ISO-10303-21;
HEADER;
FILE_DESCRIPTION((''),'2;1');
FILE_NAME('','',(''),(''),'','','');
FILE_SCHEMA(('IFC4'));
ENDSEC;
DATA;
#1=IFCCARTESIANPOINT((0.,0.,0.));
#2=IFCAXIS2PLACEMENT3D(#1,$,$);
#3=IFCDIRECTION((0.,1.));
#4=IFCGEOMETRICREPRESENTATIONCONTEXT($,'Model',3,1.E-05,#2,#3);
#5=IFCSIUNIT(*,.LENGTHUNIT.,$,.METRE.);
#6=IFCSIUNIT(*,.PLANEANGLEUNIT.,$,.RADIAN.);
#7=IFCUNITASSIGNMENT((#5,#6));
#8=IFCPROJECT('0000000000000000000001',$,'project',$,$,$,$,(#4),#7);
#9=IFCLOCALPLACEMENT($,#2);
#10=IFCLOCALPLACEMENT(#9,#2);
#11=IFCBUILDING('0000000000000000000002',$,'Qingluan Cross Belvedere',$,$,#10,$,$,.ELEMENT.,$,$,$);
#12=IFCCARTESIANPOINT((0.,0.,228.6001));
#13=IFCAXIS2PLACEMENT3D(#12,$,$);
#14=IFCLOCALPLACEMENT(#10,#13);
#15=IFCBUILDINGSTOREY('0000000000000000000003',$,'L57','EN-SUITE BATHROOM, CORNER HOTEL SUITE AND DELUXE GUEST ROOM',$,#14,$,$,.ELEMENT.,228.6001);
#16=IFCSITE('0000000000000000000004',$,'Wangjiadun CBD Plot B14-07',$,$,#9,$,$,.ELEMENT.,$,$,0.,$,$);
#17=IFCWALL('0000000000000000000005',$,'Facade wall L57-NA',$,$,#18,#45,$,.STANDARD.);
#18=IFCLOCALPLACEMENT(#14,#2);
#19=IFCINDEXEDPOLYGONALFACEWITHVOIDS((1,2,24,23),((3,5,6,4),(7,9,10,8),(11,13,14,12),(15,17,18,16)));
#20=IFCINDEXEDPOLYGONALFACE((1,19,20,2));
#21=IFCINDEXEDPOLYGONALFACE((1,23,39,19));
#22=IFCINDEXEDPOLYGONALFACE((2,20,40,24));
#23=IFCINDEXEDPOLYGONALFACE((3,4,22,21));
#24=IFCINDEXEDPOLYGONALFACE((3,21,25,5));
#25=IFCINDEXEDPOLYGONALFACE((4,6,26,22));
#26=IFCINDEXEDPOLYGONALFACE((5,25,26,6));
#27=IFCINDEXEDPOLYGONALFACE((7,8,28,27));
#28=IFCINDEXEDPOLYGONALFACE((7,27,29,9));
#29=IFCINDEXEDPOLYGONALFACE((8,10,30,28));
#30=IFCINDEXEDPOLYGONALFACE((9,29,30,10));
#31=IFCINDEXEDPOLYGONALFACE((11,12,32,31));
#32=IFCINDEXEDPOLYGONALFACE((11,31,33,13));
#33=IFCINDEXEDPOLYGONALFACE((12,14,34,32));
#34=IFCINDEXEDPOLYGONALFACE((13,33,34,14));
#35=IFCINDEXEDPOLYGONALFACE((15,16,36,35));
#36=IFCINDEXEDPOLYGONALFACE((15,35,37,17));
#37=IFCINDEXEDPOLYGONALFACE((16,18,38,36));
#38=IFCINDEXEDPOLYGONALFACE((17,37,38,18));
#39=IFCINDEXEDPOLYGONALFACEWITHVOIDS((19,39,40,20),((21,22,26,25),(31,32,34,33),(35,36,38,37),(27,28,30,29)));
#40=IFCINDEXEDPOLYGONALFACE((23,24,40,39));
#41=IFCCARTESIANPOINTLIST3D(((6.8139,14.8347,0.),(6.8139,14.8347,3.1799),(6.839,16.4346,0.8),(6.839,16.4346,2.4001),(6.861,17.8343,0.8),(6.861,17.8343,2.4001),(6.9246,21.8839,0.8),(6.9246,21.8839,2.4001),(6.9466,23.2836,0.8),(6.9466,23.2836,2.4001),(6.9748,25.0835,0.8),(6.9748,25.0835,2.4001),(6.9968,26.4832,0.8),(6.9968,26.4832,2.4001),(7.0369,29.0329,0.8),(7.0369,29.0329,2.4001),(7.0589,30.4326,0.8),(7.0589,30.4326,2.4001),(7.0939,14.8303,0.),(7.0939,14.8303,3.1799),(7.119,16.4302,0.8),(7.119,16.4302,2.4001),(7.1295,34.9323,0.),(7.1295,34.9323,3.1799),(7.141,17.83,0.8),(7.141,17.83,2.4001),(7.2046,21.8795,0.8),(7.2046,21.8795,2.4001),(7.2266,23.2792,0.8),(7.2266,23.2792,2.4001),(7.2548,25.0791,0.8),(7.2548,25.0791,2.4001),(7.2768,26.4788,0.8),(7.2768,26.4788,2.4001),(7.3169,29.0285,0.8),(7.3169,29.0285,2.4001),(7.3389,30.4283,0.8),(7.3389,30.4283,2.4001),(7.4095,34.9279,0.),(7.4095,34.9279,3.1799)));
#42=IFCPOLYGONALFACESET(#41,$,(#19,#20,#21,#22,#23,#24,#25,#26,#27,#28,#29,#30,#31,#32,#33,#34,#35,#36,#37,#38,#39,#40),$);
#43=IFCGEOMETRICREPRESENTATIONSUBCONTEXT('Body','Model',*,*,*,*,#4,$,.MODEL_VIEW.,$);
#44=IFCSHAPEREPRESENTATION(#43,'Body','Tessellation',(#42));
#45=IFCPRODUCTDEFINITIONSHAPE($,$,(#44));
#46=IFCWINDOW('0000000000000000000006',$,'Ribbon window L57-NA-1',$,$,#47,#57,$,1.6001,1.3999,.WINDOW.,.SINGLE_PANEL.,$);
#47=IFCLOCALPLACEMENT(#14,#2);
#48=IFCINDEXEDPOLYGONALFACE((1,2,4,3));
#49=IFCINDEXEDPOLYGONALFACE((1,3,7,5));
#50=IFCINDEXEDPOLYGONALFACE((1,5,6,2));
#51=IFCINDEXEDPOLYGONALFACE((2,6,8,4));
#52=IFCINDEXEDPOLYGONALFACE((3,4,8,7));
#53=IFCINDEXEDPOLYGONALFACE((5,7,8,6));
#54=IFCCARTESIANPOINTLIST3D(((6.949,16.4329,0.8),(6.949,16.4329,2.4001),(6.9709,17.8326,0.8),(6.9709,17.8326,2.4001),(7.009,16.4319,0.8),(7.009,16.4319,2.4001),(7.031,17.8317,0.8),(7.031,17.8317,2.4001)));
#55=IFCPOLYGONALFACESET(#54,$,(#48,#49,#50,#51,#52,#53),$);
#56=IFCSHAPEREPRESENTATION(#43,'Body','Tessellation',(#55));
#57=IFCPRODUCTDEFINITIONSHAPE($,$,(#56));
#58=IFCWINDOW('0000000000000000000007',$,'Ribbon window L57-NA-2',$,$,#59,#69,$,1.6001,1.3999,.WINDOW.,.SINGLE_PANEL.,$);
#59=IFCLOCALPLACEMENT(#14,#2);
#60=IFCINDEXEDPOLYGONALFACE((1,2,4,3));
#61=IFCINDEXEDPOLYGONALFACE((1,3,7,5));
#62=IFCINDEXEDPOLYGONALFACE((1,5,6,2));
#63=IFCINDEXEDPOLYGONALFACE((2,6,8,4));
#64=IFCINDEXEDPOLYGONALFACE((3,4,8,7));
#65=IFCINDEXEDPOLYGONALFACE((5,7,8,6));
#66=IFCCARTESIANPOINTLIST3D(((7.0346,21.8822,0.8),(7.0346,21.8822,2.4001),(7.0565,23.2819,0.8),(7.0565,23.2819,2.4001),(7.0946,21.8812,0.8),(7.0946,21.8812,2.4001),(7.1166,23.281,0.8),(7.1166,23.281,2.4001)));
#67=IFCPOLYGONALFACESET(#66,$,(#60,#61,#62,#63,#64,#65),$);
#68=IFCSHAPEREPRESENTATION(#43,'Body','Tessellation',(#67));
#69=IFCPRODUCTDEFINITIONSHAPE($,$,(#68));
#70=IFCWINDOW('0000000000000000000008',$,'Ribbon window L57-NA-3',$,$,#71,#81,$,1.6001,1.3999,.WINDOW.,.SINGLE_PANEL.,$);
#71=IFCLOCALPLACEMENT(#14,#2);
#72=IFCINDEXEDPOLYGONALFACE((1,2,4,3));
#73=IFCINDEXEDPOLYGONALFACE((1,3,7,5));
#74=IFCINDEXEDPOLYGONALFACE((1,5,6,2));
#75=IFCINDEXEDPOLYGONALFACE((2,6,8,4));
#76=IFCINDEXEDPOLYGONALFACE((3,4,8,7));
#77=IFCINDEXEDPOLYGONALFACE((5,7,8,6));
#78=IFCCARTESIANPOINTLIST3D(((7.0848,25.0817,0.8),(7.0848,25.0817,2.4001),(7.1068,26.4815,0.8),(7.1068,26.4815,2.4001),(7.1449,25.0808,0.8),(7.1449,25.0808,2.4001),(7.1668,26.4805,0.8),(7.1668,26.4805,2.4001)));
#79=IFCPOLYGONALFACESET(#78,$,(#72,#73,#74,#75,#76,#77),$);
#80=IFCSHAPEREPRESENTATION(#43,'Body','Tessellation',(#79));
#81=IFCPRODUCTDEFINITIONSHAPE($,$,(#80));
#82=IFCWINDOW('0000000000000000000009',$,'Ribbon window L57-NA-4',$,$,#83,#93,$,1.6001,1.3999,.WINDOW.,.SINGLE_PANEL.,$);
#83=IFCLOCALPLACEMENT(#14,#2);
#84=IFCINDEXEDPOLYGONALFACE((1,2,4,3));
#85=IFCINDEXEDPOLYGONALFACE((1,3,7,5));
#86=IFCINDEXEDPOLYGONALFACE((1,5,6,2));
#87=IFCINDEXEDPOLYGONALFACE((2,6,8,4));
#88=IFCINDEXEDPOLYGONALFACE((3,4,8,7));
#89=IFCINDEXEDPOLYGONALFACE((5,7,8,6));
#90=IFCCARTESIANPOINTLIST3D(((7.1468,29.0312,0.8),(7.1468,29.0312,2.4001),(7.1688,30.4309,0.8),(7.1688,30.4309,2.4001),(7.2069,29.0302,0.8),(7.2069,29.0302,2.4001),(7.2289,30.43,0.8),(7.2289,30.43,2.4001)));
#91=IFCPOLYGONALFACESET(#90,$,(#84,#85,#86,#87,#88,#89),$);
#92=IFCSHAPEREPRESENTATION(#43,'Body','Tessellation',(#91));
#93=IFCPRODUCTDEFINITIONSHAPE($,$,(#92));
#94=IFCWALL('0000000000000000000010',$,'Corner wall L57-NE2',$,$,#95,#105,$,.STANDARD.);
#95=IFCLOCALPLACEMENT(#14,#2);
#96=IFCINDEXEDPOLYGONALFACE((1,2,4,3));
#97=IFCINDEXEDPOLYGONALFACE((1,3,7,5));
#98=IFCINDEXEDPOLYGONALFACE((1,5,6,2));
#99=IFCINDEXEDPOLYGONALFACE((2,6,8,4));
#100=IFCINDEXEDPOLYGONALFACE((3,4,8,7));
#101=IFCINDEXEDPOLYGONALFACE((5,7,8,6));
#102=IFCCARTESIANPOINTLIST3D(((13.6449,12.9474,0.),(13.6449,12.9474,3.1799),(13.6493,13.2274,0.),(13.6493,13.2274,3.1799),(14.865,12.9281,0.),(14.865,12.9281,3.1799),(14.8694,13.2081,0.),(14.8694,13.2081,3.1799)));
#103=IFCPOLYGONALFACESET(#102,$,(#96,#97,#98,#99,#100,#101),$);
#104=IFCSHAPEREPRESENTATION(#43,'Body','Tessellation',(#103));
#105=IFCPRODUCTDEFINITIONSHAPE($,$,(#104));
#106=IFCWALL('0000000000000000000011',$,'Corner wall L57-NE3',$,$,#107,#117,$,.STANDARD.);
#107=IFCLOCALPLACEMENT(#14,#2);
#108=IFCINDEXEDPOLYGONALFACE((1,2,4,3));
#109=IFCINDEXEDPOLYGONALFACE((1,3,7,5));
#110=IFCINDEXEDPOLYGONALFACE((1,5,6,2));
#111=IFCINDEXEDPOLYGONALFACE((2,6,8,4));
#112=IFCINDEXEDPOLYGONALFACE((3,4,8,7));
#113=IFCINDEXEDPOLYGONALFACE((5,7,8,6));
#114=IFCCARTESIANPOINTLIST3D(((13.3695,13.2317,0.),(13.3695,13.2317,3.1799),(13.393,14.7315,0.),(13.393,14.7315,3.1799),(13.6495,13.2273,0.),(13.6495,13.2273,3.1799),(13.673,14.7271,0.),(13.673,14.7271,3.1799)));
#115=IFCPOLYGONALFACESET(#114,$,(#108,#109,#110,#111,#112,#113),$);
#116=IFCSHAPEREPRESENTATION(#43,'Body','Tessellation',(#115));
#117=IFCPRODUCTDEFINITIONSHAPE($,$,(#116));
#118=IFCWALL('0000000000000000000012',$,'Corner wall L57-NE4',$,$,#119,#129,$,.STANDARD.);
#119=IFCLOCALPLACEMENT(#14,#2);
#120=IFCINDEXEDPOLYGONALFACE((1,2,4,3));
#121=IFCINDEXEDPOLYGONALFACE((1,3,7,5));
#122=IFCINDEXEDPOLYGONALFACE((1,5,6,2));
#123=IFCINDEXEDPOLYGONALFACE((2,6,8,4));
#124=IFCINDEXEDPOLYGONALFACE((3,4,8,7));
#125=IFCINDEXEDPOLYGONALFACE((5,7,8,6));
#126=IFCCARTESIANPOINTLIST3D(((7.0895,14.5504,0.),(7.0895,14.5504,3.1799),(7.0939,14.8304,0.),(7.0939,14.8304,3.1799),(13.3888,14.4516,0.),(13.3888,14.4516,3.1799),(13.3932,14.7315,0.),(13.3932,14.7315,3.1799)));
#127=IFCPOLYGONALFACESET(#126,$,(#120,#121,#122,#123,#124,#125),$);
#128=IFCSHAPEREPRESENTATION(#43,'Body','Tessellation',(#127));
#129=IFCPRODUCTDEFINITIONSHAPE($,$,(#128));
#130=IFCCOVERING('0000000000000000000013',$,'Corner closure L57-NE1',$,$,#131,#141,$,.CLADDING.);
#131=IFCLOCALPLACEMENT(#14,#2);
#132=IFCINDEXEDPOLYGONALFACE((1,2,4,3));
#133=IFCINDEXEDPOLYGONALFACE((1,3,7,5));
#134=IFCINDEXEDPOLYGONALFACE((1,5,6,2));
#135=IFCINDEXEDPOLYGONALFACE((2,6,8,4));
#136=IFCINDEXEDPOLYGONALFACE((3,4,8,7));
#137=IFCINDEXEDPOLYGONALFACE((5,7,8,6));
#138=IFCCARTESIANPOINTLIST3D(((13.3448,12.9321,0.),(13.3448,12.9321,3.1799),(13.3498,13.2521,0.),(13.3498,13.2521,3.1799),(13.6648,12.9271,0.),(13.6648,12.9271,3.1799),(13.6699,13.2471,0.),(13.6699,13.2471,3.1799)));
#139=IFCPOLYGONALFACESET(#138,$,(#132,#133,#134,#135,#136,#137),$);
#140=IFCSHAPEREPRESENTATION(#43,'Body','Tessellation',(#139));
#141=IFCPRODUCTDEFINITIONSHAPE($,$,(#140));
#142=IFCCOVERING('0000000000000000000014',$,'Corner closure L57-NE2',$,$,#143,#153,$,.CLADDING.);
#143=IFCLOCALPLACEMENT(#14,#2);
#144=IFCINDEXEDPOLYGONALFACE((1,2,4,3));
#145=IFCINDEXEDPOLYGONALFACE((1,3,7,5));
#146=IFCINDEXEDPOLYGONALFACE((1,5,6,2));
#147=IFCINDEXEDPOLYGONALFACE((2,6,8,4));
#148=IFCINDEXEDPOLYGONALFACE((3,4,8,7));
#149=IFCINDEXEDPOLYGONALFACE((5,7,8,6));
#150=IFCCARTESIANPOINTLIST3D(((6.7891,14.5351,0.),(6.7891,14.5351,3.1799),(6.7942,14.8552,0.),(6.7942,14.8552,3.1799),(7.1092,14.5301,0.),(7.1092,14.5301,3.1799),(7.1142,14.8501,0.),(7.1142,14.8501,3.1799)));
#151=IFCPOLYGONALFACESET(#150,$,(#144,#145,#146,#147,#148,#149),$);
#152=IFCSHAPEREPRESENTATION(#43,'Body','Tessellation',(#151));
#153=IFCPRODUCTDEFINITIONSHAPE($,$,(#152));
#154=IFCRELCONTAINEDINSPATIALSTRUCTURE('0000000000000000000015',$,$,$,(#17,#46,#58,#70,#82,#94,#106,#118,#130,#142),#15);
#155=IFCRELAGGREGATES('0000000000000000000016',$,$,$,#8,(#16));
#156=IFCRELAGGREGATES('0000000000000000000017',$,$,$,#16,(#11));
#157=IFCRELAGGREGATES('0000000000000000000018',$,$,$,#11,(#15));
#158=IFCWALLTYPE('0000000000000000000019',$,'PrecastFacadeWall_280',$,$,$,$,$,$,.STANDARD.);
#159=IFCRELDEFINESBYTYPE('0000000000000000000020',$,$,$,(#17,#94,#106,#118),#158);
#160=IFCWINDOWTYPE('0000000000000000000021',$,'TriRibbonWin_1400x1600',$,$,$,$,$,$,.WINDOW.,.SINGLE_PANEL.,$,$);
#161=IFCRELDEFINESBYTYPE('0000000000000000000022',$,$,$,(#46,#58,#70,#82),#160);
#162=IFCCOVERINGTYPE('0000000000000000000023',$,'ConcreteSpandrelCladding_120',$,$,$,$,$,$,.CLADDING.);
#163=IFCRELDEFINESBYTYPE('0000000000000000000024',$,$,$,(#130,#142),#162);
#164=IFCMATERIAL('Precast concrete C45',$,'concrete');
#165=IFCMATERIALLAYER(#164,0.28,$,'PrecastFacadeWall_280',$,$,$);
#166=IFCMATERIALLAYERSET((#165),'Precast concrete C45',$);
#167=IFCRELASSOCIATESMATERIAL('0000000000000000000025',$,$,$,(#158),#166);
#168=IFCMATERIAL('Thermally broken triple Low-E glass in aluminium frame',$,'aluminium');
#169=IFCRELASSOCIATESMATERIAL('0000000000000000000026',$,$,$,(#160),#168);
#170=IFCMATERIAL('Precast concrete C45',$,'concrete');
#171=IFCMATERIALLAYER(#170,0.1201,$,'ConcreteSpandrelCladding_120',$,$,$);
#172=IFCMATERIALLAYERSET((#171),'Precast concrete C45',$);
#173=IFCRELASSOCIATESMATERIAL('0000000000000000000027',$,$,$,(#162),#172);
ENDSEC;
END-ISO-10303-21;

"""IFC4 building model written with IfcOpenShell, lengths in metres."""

from ifc_helpers import new_model, si_unit, direction, frame, frame_2d, origin, origin_2d, place, context, subcontext, project, spatial, rectangle, extrude, material, layer, layer_set, type_object, element, fill, save


model = new_model("IFC4")

# Units and contexts
model_context = context("Model", 3, precision=1e-05, world=origin(), true_north=direction((0.0, 1.0)))
body_context = subcontext(model_context, "Body", "Model", "MODEL_VIEW")
ifc_project = project(units=[si_unit("LENGTHUNIT", "METRE"), si_unit("PLANEANGLEUNIT", "RADIAN")], contexts=[model_context])

# Site, building, storey
site_placement = place(None, origin())
site = spatial("IfcSite", under=ifc_project, at=site_placement, Name="Wangjiadun CBD Plot B14-07", CompositionType="ELEMENT", RefElevation=0.0)
building_placement = place(site_placement, origin())
building = spatial("IfcBuilding", under=site, at=building_placement, Name="Qingluan Cross Belvedere", CompositionType="ELEMENT")
storey_placement = place(building_placement, frame((0.0, 0.0, 228.6001)))
storey = spatial("IfcBuildingStorey", under=building, at=storey_placement, Name="L57", Description="EN-SUITE BATHROOM, CORNER HOTEL SUITE AND DELUXE GUEST ROOM", CompositionType="ELEMENT", Elevation=228.6001)

# Wall, openings, windows
ifc_material_1 = material(Name="Precast concrete C45", Category="concrete")
ifc_layer_1 = layer(ifc_material_1, 0.28, Name="PrecastFacadeWall_280")
ifc_layer_set_1 = layer_set([ifc_layer_1], Name="Precast concrete C45")
wall_type_1 = type_object("IfcWallType", Name="PrecastFacadeWall_280", PredefinedType="STANDARD", material=ifc_layer_set_1)
wall_1_placement = place(storey_placement, frame((6.9539, 14.8325, 0.0), z_axis=(0.0, 0.0, 1.0), x_axis=(0.015705, 0.999877, 0.0)))
wall_1 = element("IfcWall", 1, at=wall_1_placement, inside=storey, type_object=wall_type_1, Name="Facade wall L57-NA", PredefinedType="STANDARD", context=body_context, shape_type="SweptSolid", body=[
    extrude(rectangle(XDim=20.1001, YDim=0.28, at=frame_2d((10.05, 0.0))), origin(), (0.0, 0.0, 1.0), 3.1799),
])
opening_1_placement = place(wall_1_placement, frame((1.6001, 0.0, 0.8)))
opening_1 = element("IfcOpeningElement", 2, at=opening_1_placement, cuts=wall_1, PredefinedType="OPENING", context=body_context, shape_type="SweptSolid", body=[
    extrude(rectangle(XDim=1.3999, YDim=1.6001, at=frame_2d((0.7, 0.8))), frame((0.0, 0.1499, 0.0), z_axis=(0.0, -1.0, 0.0), x_axis=(1.0, 0.0, 0.0)), (0.0, 0.0, 1.0), 0.3),
])
opening_2_placement = place(wall_1_placement, frame((7.05, 0.0, 0.8)))
opening_2 = element("IfcOpeningElement", 3, at=opening_2_placement, cuts=wall_1, PredefinedType="OPENING", context=body_context, shape_type="SweptSolid", body=[
    extrude(rectangle(XDim=1.3999, YDim=1.6001, at=frame_2d((0.7, 0.8))), frame((0.0, 0.1499, 0.0), z_axis=(0.0, -1.0, 0.0), x_axis=(1.0, 0.0, 0.0)), (0.0, 0.0, 1.0), 0.3),
])
opening_3_placement = place(wall_1_placement, frame((10.25, 0.0, 0.8)))
opening_3 = element("IfcOpeningElement", 4, at=opening_3_placement, cuts=wall_1, PredefinedType="OPENING", context=body_context, shape_type="SweptSolid", body=[
    extrude(rectangle(XDim=1.3999, YDim=1.6001, at=frame_2d((0.7, 0.8))), frame((0.0, 0.1499, 0.0), z_axis=(0.0, -1.0, 0.0), x_axis=(1.0, 0.0, 0.0)), (0.0, 0.0, 1.0), 0.3),
])
opening_4_placement = place(wall_1_placement, frame((14.2, 0.0, 0.8)))
opening_4 = element("IfcOpeningElement", 5, at=opening_4_placement, cuts=wall_1, PredefinedType="OPENING", context=body_context, shape_type="SweptSolid", body=[
    extrude(rectangle(XDim=1.3999, YDim=1.6001, at=frame_2d((0.7, 0.8))), frame((0.0, 0.1499, 0.0), z_axis=(0.0, -1.0, 0.0), x_axis=(1.0, 0.0, 0.0)), (0.0, 0.0, 1.0), 0.3),
])
ifc_material_2 = material(Name="Thermally broken triple Low-E glass in aluminium frame", Category="aluminium")
window_type = type_object("IfcWindowType", Name="TriRibbonWin_1400x1600", PartitioningType="SINGLE_PANEL", PredefinedType="WINDOW", material=ifc_material_2)
window_1_placement = place(opening_1_placement, origin())
window_1 = element("IfcWindow", 6, at=window_1_placement, inside=storey, type_object=window_type, Name="Ribbon window L57-NA-1", OverallHeight=1.6001, OverallWidth=1.3999, PartitioningType="SINGLE_PANEL", PredefinedType="WINDOW", context=body_context, shape_type="SweptSolid", body=[
    extrude(rectangle(XDim=1.3999, YDim=1.6001, at=frame_2d((0.7, 0.8))), frame((0.0, 0.03, 0.0), z_axis=(0.0, -1.0, 0.0), x_axis=(1.0, 0.0, 0.0)), (0.0, 0.0, 1.0), 0.0601),
])
fill(opening_1, window_1)
window_2_placement = place(opening_2_placement, origin())
window_2 = element("IfcWindow", 7, at=window_2_placement, inside=storey, type_object=window_type, Name="Ribbon window L57-NA-2", OverallHeight=1.6001, OverallWidth=1.3999, PartitioningType="SINGLE_PANEL", PredefinedType="WINDOW", context=body_context, shape_type="SweptSolid", body=[
    extrude(rectangle(XDim=1.3999, YDim=1.6001, at=frame_2d((0.7, 0.8))), frame((0.0, 0.03, 0.0), z_axis=(0.0, -1.0, 0.0), x_axis=(1.0, 0.0, 0.0)), (0.0, 0.0, 1.0), 0.0601),
])
fill(opening_2, window_2)
window_3_placement = place(opening_3_placement, origin())
window_3 = element("IfcWindow", 8, at=window_3_placement, inside=storey, type_object=window_type, Name="Ribbon window L57-NA-3", OverallHeight=1.6001, OverallWidth=1.3999, PartitioningType="SINGLE_PANEL", PredefinedType="WINDOW", context=body_context, shape_type="SweptSolid", body=[
    extrude(rectangle(XDim=1.3999, YDim=1.6001, at=frame_2d((0.7, 0.8))), frame((0.0, 0.03, 0.0), z_axis=(0.0, -1.0, 0.0), x_axis=(1.0, 0.0, 0.0)), (0.0, 0.0, 1.0), 0.0601),
])
fill(opening_3, window_3)
window_4_placement = place(opening_4_placement, origin())
window_4 = element("IfcWindow", 9, at=window_4_placement, inside=storey, type_object=window_type, Name="Ribbon window L57-NA-4", OverallHeight=1.6001, OverallWidth=1.3999, PartitioningType="SINGLE_PANEL", PredefinedType="WINDOW", context=body_context, shape_type="SweptSolid", body=[
    extrude(rectangle(XDim=1.3999, YDim=1.6001, at=frame_2d((0.7, 0.8))), frame((0.0, 0.03, 0.0), z_axis=(0.0, -1.0, 0.0), x_axis=(1.0, 0.0, 0.0)), (0.0, 0.0, 1.0), 0.0601),
])
fill(opening_4, window_4)

# Walls
wall_2_placement = place(storey_placement, frame((14.8672, 13.0681, 0.0), z_axis=(0.0, 0.0, 1.0), x_axis=(-0.999875, 0.015808, 0.0)))
element("IfcWall", 10, at=wall_2_placement, inside=storey, type_object=wall_type_1, Name="Corner wall L57-NE2", PredefinedType="STANDARD", context=body_context, shape_type="SweptSolid", body=[
    extrude(rectangle(XDim=1.2202, YDim=0.28, at=frame_2d((0.6101, 0.0))), origin(), (0.0, 0.0, 1.0), 3.1799),
])
wall_3_placement = place(storey_placement, frame((13.5095, 13.2295, 0.0), z_axis=(0.0, 0.0, 1.0), x_axis=(0.015626, 0.999878, 0.0)))
element("IfcWall", 11, at=wall_3_placement, inside=storey, type_object=wall_type_1, Name="Corner wall L57-NE3", PredefinedType="STANDARD", context=body_context, shape_type="SweptSolid", body=[
    extrude(rectangle(XDim=1.5, YDim=0.28, at=frame_2d((0.75, 0.0))), origin(), (0.0, 0.0, 1.0), 3.1799),
])
wall_4_placement = place(storey_placement, frame((13.3909, 14.5916, 0.0), z_axis=(0.0, 0.0, 1.0), x_axis=(-0.999877, 0.015695, 0.0)))
element("IfcWall", 12, at=wall_4_placement, inside=storey, type_object=wall_type_1, Name="Corner wall L57-NE4", PredefinedType="STANDARD", context=body_context, shape_type="SweptSolid", body=[
    extrude(rectangle(XDim=6.3, YDim=0.28, at=frame_2d((3.1499, 0.0))), origin(), (0.0, 0.0, 1.0), 3.1799),
])

# Coverings
ifc_material_3 = material(Name="Precast concrete C45", Category="concrete")
ifc_layer_2 = layer(ifc_material_3, 0.1201, Name="ConcreteSpandrelCladding_120")
ifc_layer_set_2 = layer_set([ifc_layer_2], Name="Precast concrete C45")
covering_type = type_object("IfcCoveringType", Name="ConcreteSpandrelCladding_120", PredefinedType="CLADDING", material=ifc_layer_set_2)
for number, where, z_axis, x_axis, name in (
    (13, (13.5073, 13.0896, 0.0), (0.0, 0.0, 1.0), (0.999877, -0.015707, 0.0), "Corner closure L57-NE1"),
    (14, (6.9517, 14.6926, 0.0), (0.0, 0.0, 1.0), (0.999877, -0.015707, 0.0), "Corner closure L57-NE2"),
):
    element("IfcCovering", number, at=place(storey_placement, frame(where, z_axis=z_axis, x_axis=x_axis)), inside=storey, type_object=covering_type, Name=name, PredefinedType="CLADDING", context=body_context, shape_type="SweptSolid", body=[
        extrude(rectangle(XDim=0.3201, YDim=0.3201, at=origin_2d()), origin(), (0.0, 0.0, 1.0), 3.1799),
    ])

save(model, "model.ifc")
